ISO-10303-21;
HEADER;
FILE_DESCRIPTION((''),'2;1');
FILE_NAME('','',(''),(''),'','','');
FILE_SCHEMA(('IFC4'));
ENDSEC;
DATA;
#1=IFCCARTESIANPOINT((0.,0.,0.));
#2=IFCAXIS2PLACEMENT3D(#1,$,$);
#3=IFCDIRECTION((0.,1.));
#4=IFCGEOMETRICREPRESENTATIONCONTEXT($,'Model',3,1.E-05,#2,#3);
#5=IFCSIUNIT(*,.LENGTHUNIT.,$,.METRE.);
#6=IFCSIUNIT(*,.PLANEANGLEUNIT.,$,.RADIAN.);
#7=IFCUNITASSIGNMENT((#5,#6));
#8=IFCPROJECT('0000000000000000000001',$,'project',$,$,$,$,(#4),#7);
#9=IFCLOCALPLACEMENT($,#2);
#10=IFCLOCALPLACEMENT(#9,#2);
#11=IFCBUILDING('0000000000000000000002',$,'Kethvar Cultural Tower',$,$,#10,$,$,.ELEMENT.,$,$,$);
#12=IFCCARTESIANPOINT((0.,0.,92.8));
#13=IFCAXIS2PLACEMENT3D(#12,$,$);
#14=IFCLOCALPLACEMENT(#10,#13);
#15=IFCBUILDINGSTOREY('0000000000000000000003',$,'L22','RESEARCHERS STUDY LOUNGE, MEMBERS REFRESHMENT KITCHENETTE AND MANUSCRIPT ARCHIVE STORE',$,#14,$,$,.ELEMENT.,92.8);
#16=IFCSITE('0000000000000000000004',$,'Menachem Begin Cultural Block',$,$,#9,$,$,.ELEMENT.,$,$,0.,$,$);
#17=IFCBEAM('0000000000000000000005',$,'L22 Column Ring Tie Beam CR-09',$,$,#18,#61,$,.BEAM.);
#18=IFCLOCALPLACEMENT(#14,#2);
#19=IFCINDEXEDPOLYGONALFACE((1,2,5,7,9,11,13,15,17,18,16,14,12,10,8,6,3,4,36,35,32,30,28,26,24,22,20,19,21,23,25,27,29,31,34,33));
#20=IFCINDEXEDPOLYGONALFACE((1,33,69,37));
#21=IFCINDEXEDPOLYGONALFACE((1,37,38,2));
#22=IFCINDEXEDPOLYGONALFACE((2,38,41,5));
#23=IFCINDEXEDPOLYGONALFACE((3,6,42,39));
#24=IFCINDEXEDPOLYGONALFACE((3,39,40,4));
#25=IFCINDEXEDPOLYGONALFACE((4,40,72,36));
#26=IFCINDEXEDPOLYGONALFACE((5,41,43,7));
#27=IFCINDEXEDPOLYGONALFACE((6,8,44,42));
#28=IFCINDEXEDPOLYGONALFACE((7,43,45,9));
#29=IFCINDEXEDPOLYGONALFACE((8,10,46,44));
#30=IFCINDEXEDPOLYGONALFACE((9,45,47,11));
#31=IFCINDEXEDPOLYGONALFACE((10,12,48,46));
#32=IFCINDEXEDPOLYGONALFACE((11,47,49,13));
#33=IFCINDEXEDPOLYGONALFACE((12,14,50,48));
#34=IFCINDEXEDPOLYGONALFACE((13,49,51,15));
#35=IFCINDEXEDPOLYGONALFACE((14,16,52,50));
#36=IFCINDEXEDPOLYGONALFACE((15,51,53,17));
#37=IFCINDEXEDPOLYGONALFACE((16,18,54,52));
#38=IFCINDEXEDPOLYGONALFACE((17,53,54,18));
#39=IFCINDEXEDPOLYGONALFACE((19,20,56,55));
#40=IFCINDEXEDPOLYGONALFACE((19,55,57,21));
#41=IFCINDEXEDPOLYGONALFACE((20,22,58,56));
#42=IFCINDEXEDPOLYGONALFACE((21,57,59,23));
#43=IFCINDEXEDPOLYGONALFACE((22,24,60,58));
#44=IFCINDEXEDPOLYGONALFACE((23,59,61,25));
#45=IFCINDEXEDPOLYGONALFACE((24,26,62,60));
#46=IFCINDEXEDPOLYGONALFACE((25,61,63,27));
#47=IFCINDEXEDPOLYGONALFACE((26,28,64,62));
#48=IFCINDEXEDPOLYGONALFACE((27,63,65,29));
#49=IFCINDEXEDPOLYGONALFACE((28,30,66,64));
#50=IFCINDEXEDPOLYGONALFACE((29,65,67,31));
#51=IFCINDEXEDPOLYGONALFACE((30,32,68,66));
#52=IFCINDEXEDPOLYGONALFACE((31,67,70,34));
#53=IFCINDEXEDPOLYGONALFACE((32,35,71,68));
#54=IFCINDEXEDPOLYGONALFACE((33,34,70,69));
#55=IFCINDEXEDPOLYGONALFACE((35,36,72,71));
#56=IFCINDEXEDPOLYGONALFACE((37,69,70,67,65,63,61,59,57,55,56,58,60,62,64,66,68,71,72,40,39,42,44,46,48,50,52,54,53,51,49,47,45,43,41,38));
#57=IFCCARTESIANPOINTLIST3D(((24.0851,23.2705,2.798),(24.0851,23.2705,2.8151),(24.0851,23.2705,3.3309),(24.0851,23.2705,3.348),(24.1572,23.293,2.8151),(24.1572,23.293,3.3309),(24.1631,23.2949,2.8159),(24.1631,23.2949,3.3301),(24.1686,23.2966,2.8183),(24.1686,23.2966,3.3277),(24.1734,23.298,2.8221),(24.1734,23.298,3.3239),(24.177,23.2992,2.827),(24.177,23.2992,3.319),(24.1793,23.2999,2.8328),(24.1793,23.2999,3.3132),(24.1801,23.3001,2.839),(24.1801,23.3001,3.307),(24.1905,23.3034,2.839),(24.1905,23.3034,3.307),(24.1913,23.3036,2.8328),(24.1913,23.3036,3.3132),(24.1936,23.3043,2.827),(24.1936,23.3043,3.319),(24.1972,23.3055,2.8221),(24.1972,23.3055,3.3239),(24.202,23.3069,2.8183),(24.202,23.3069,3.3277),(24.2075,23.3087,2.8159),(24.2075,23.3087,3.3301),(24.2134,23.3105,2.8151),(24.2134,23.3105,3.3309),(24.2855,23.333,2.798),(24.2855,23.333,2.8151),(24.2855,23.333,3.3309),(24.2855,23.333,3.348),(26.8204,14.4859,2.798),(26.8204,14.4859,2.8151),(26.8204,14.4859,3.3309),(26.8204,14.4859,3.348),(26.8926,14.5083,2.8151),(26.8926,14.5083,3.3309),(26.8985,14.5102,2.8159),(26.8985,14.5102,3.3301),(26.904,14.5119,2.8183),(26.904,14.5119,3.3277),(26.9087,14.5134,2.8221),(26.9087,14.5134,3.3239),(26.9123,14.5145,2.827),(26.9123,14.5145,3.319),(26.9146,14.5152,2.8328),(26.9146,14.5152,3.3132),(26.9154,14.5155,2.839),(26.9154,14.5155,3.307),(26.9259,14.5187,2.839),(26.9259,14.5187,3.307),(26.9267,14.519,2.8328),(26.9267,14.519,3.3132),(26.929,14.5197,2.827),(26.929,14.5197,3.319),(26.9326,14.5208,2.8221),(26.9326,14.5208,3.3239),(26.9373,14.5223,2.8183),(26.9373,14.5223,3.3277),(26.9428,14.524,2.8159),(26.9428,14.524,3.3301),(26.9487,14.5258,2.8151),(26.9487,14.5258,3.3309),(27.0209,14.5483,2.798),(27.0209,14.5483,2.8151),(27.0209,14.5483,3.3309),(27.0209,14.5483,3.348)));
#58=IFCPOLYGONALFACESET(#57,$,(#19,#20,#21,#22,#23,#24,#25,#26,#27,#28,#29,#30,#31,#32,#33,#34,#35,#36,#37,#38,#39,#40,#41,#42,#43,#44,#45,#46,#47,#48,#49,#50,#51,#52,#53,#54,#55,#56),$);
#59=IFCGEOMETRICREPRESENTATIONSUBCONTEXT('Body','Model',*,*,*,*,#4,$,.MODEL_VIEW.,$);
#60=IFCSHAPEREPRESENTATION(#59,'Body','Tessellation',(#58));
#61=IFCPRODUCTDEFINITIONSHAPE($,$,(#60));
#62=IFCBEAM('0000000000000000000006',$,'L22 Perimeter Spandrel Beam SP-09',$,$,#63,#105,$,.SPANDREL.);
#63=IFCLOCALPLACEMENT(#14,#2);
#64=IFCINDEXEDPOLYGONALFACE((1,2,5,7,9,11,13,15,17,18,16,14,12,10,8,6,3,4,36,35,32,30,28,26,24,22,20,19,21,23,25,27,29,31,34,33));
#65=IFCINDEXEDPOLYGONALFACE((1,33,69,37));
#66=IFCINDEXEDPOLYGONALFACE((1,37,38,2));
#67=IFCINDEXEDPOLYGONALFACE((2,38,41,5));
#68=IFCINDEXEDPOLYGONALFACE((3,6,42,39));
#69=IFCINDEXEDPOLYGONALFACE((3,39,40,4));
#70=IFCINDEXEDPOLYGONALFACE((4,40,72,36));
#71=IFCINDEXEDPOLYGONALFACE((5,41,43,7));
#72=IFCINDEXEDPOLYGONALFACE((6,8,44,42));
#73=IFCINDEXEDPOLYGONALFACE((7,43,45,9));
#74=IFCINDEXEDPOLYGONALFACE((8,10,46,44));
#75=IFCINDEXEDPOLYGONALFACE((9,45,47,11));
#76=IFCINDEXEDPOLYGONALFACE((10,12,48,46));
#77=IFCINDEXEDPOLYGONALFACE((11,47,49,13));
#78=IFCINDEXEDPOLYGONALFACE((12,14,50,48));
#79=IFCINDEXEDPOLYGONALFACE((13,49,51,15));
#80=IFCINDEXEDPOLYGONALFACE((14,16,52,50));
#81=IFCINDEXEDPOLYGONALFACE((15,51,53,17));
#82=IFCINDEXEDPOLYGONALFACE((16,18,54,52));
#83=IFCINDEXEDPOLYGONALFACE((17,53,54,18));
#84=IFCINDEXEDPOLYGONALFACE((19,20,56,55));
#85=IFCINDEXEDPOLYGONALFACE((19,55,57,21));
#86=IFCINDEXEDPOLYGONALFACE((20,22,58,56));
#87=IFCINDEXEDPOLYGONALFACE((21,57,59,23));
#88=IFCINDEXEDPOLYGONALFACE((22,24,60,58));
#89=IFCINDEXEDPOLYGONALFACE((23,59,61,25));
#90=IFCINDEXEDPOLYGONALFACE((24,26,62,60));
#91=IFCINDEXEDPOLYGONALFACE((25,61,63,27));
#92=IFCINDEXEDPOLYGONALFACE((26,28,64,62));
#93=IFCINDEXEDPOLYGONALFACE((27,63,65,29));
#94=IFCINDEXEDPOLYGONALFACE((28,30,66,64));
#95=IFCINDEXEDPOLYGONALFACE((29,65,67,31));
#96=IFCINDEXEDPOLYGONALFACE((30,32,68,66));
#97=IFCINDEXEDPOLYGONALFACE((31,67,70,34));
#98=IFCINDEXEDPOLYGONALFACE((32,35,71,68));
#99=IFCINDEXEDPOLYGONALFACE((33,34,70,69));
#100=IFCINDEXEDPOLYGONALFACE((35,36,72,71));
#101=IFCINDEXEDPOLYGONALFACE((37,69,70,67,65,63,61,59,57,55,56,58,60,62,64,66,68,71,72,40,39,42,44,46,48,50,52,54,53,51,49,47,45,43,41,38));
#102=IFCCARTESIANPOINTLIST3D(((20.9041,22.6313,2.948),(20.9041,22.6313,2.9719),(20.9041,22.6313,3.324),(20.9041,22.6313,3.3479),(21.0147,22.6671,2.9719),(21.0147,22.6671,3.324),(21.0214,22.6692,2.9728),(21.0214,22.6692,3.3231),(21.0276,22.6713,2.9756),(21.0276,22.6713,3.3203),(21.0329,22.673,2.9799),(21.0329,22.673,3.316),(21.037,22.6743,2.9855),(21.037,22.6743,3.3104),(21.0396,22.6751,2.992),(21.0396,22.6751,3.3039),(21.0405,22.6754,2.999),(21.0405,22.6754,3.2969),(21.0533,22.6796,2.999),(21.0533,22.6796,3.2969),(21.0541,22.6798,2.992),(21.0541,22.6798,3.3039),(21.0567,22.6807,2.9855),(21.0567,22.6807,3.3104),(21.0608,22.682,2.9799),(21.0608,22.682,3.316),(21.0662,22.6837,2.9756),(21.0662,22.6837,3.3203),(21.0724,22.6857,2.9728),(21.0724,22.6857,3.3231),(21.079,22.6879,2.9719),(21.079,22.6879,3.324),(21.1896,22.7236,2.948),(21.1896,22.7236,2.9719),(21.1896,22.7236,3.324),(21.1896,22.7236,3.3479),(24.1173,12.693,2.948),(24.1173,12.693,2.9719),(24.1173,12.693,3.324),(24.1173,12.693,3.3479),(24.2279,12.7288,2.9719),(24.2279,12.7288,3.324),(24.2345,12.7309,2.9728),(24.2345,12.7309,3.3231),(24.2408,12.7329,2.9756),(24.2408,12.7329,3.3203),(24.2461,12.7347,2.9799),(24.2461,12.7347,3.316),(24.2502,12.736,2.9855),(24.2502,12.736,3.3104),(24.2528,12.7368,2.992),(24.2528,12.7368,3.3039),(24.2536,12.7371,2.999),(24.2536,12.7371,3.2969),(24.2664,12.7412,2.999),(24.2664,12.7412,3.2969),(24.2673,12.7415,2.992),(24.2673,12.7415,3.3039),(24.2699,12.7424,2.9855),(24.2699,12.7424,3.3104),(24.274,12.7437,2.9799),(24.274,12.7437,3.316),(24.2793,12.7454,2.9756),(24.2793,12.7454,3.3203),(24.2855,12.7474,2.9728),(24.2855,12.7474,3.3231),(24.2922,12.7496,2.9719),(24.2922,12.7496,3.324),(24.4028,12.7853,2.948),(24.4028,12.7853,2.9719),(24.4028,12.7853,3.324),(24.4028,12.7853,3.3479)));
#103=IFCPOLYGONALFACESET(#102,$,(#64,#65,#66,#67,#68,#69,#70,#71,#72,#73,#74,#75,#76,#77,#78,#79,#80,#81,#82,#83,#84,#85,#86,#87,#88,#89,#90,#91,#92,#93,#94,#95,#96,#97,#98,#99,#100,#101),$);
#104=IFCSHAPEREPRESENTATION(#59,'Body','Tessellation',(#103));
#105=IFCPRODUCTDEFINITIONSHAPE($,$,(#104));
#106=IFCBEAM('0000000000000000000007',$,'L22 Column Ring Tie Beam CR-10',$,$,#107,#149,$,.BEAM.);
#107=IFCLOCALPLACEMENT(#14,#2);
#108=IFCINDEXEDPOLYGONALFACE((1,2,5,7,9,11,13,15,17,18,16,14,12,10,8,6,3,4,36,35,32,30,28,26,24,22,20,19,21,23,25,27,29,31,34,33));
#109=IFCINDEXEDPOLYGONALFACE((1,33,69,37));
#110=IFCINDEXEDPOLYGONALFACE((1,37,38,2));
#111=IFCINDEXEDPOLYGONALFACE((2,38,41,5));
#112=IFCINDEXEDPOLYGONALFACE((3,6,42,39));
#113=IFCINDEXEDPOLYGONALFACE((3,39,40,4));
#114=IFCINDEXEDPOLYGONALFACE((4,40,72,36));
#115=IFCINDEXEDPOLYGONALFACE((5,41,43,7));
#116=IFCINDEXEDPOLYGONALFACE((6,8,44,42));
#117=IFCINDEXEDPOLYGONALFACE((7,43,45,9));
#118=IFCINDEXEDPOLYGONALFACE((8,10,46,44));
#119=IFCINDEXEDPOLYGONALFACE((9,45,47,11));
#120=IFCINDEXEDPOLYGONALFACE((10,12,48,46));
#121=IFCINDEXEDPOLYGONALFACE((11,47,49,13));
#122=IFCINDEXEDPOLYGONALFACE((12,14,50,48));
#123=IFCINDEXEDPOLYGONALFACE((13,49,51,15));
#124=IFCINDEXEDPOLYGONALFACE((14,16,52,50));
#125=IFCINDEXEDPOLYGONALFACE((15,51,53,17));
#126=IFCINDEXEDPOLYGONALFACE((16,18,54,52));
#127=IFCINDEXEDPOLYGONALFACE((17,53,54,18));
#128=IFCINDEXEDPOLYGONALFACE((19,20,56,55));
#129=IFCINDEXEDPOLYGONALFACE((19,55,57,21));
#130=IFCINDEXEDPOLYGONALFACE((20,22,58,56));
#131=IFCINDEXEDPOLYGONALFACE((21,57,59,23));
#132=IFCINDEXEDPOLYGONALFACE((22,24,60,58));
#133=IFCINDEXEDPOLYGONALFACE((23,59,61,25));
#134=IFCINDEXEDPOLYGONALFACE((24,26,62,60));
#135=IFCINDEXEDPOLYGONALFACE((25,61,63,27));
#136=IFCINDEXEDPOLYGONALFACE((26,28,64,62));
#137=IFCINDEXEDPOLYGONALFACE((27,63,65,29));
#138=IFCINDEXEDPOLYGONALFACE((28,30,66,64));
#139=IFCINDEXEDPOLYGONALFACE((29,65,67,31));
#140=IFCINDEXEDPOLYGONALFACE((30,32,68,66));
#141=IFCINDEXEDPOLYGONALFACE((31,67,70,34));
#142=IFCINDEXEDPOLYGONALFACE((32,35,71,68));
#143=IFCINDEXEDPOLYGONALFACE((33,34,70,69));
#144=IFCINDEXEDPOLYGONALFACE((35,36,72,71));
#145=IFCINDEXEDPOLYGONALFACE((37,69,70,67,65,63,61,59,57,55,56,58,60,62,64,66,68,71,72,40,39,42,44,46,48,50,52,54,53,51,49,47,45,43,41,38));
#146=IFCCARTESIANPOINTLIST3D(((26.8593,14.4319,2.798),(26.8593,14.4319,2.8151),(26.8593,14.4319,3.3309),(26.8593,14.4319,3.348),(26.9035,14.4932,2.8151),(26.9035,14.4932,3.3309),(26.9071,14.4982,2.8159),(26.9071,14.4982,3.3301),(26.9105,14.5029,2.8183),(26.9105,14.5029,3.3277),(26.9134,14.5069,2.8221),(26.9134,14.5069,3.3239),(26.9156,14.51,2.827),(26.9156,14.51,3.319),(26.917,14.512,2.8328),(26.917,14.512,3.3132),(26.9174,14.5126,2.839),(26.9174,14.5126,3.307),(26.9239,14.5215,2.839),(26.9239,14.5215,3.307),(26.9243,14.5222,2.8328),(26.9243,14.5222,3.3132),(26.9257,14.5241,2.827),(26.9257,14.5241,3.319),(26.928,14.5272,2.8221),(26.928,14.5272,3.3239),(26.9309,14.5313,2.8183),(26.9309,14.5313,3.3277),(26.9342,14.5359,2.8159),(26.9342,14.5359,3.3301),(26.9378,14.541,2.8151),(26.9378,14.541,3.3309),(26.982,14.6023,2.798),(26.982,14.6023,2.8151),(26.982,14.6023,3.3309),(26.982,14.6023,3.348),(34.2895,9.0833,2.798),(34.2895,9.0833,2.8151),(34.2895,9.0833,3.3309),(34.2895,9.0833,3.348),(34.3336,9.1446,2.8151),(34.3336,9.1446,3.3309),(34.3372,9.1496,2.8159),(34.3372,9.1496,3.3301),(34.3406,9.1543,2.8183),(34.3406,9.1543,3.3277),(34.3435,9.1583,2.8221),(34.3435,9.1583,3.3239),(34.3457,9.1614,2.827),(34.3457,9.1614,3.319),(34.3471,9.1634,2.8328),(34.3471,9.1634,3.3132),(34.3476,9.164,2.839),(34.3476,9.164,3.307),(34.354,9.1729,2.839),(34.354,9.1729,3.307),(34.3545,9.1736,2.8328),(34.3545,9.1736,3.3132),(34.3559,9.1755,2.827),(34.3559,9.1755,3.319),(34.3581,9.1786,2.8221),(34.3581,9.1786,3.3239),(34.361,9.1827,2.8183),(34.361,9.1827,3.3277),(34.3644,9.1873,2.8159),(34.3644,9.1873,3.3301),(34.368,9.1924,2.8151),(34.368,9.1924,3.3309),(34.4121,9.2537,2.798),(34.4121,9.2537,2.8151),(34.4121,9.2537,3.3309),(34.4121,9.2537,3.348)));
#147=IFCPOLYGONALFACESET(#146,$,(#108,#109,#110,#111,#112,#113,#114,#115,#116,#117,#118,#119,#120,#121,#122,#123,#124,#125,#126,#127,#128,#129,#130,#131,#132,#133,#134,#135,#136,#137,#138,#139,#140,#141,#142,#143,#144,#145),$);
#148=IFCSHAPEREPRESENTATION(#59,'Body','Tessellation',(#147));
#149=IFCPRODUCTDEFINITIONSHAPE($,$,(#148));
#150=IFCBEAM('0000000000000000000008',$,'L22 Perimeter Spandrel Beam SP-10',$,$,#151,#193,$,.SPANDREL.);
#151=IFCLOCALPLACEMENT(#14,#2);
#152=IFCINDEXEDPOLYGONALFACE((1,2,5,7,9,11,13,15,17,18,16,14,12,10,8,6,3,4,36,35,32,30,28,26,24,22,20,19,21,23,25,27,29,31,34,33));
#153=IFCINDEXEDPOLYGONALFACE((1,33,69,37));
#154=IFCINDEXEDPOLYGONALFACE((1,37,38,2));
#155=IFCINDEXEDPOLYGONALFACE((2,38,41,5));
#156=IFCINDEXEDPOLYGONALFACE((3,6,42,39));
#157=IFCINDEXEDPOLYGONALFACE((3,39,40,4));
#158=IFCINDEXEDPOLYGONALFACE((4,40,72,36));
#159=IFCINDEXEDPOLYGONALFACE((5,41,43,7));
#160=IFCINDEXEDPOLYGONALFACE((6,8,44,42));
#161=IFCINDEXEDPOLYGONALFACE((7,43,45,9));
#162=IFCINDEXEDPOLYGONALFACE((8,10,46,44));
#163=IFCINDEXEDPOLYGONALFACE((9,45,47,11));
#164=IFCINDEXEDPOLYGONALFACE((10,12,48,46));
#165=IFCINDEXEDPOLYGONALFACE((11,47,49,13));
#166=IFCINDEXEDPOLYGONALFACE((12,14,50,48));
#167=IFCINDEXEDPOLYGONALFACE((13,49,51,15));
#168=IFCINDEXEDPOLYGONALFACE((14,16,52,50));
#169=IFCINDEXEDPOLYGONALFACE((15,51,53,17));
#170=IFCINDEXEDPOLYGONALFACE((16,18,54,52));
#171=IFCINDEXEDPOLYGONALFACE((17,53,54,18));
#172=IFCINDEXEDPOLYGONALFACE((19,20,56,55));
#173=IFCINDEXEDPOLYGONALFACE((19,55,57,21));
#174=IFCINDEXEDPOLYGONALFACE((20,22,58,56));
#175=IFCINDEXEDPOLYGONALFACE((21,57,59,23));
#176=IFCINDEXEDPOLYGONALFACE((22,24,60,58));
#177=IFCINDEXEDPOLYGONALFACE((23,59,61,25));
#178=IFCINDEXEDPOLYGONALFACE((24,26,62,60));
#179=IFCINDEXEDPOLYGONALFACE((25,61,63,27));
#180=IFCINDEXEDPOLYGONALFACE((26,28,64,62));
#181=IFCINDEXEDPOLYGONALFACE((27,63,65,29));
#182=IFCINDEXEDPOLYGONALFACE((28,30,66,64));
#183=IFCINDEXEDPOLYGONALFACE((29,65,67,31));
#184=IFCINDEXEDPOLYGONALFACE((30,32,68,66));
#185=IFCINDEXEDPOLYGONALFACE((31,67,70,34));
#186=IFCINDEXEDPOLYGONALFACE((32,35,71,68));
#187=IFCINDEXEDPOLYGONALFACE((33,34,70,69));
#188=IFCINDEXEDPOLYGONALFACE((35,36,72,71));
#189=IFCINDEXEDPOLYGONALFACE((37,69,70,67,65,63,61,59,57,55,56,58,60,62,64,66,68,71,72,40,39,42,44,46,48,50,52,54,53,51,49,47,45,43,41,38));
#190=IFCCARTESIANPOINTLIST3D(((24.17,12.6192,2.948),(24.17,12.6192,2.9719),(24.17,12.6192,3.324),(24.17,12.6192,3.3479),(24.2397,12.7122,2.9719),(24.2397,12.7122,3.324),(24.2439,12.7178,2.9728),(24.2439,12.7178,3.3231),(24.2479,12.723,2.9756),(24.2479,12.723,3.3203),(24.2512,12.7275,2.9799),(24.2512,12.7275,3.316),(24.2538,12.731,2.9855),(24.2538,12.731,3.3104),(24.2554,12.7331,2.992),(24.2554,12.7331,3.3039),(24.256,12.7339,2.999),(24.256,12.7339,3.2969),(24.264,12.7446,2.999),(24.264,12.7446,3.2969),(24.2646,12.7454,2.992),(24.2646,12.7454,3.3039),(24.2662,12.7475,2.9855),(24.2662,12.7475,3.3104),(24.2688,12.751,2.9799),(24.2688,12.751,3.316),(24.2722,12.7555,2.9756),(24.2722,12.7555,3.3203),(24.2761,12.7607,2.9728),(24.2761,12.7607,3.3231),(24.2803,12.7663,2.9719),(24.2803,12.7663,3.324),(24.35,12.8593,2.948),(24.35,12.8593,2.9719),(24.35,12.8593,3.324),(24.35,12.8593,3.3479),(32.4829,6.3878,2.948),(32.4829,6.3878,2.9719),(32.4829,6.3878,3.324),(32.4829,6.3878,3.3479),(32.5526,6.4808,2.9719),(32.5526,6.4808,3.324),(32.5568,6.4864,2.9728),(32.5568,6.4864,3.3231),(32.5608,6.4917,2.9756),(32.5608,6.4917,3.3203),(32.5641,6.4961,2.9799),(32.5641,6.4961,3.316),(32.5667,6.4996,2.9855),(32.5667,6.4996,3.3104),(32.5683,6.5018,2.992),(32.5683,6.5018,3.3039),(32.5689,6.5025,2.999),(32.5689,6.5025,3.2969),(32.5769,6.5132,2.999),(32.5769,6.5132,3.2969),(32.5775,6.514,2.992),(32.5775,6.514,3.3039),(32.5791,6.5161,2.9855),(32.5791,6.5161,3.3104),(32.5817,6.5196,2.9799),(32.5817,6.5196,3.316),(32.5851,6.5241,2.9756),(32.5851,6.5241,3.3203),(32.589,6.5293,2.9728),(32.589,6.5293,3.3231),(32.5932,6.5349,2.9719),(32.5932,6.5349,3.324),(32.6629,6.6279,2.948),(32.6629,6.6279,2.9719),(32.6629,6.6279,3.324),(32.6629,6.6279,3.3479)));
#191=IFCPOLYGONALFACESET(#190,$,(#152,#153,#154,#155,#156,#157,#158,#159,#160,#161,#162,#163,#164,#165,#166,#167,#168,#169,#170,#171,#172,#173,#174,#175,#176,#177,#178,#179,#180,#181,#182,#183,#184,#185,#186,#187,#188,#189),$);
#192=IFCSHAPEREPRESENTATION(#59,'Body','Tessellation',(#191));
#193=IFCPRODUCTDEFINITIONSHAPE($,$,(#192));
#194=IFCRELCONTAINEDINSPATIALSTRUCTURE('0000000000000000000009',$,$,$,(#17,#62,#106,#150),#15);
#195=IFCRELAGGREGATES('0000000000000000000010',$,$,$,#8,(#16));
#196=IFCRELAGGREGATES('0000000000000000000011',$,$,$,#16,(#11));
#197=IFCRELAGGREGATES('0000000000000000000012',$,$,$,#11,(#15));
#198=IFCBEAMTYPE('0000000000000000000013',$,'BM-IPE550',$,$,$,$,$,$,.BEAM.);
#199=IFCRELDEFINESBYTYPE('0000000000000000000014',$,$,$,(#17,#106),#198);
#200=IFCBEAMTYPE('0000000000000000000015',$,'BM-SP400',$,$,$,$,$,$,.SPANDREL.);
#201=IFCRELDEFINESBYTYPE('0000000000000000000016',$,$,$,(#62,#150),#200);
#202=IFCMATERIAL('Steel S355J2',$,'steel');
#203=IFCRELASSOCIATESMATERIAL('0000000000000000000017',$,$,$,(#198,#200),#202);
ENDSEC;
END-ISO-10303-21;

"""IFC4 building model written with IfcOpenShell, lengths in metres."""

from ifc_helpers import new_model, si_unit, direction, frame, origin, origin_2d, place, context, subcontext, project, spatial, i_section, extrude, source, transform, mapped, material, material_profile, profile_set, type_object, element, save


model = new_model("IFC4")

# Units and contexts
model_context = context("Model", 3, precision=1e-05, world=origin(), true_north=direction((0.0, 1.0)))
body_context = subcontext(model_context, "Body", "Model", "MODEL_VIEW")
ifc_project = project(units=[si_unit("LENGTHUNIT", "METRE"), si_unit("PLANEANGLEUNIT", "RADIAN")], contexts=[model_context])

# Site, building, storey
site_placement = place(None, origin())
site = spatial("IfcSite", under=ifc_project, at=site_placement, Name="Menachem Begin Cultural Block", CompositionType="ELEMENT", RefElevation=0.0)
building_placement = place(site_placement, origin())
building = spatial("IfcBuilding", under=site, at=building_placement, Name="Kethvar Cultural Tower", CompositionType="ELEMENT")
storey_placement = place(building_placement, frame((0.0, 0.0, 92.8)))
storey = spatial("IfcBuildingStorey", under=building, at=storey_placement, Name="L22", Description="RESEARCHERS STUDY LOUNGE, MEMBERS REFRESHMENT KITCHENETTE AND MANUSCRIPT ARCHIVE STORE", CompositionType="ELEMENT", Elevation=92.8)

# Beams
ifc_material_1 = material(Name="Steel S355J2", Category="steel")
ifc_material_profile_1 = material_profile(ifc_material_1, i_section(OverallWidth=0.21, OverallDepth=0.55, WebThickness=0.011, FlangeThickness=0.0171, FilletRadius=0.0239, at=origin_2d()), Name="Steel S355J2 — IPE550")
ifc_profile_set_1 = profile_set([ifc_material_profile_1], Name="Steel S355J2 — IPE550")
beam_type_1 = type_object("IfcBeamType", Name="BM-IPE550", PredefinedType="BEAM", material=ifc_profile_set_1)
shared_shape_1 = source(origin(), body_context, "Body", "SweptSolid", [
    extrude(i_section(OverallWidth=0.21, OverallDepth=0.55, WebThickness=0.011, FlangeThickness=0.0171, FilletRadius=0.0239, at=origin_2d()), origin(), (0.0, 0.0, 1.0), 9.2007),
])
beam_1_placement = place(storey_placement, frame((24.1853, 23.3018, 3.073), z_axis=(0.297299, -0.954784, 0.0), x_axis=(0.954784, 0.297299, 0.0)))
element("IfcBeam", 1, at=beam_1_placement, inside=storey, type_object=beam_type_1, Name="L22 Column Ring Tie Beam CR-09", PredefinedType="BEAM", context=body_context, shape_type="MappedRepresentation", body=[
    mapped(shared_shape_1, transform((0.0, 0.0, 0.0), scale=1.0)),
])
ifc_material_profile_2 = material_profile(ifc_material_1, i_section(OverallWidth=0.3, OverallDepth=0.3999, WebThickness=0.0134, FlangeThickness=0.0239, FilletRadius=0.0271, at=origin_2d()), Name="Steel S355J2 — HEB400")
ifc_profile_set_2 = profile_set([ifc_material_profile_2], Name="Steel S355J2 — HEB400")
beam_type_2 = type_object("IfcBeamType", Name="BM-SP400", PredefinedType="SPANDREL", material=ifc_profile_set_2)
shared_shape_2 = source(origin(), body_context, "Body", "SweptSolid", [
    extrude(i_section(OverallWidth=0.3, OverallDepth=0.3999, WebThickness=0.0134, FlangeThickness=0.0239, FilletRadius=0.0271, at=origin_2d()), origin(), (0.0, 0.0, 1.0), 10.4448),
])
beam_2_placement = place(storey_placement, frame((21.0469, 22.6775, 3.1479), z_axis=(0.307632, -0.951506, 0.0), x_axis=(0.951506, 0.307632, 0.0)))
element("IfcBeam", 2, at=beam_2_placement, inside=storey, type_object=beam_type_2, Name="L22 Perimeter Spandrel Beam SP-09", PredefinedType="SPANDREL", context=body_context, shape_type="MappedRepresentation", body=[
    mapped(shared_shape_2, transform((0.0, 0.0, 0.0), scale=1.0)),
])
shared_shape_3 = source(origin(), body_context, "Body", "SweptSolid", [
    extrude(i_section(OverallWidth=0.21, OverallDepth=0.55, WebThickness=0.011, FlangeThickness=0.0171, FilletRadius=0.0239, at=origin_2d()), origin(), (0.0, 0.0, 1.0), 9.155),
])
beam_3_placement = place(storey_placement, frame((26.9207, 14.5171, 3.073), z_axis=(0.811591, -0.584226, 0.0), x_axis=(0.584226, 0.811591, 0.0)))
element("IfcBeam", 3, at=beam_3_placement, inside=storey, type_object=beam_type_1, Name="L22 Column Ring Tie Beam CR-10", PredefinedType="BEAM", context=body_context, shape_type="MappedRepresentation", body=[
    mapped(shared_shape_3, transform((0.0, 0.0, 0.0), scale=1.0)),
])
shared_shape_4 = source(origin(), body_context, "Body", "SweptSolid", [
    extrude(i_section(OverallWidth=0.3, OverallDepth=0.3999, WebThickness=0.0134, FlangeThickness=0.0239, FilletRadius=0.0271, at=origin_2d()), origin(), (0.0, 0.0, 1.0), 10.3892),
])
beam_4_placement = place(storey_placement, frame((24.26, 12.7393, 3.1479), z_axis=(0.800152, -0.599797, 0.0), x_axis=(0.599797, 0.800152, 0.0)))
element("IfcBeam", 4, at=beam_4_placement, inside=storey, type_object=beam_type_2, Name="L22 Perimeter Spandrel Beam SP-10", PredefinedType="SPANDREL", context=body_context, shape_type="MappedRepresentation", body=[
    mapped(shared_shape_4, transform((0.0, 0.0, 0.0), scale=1.0)),
])

save(model, "model.ifc")
